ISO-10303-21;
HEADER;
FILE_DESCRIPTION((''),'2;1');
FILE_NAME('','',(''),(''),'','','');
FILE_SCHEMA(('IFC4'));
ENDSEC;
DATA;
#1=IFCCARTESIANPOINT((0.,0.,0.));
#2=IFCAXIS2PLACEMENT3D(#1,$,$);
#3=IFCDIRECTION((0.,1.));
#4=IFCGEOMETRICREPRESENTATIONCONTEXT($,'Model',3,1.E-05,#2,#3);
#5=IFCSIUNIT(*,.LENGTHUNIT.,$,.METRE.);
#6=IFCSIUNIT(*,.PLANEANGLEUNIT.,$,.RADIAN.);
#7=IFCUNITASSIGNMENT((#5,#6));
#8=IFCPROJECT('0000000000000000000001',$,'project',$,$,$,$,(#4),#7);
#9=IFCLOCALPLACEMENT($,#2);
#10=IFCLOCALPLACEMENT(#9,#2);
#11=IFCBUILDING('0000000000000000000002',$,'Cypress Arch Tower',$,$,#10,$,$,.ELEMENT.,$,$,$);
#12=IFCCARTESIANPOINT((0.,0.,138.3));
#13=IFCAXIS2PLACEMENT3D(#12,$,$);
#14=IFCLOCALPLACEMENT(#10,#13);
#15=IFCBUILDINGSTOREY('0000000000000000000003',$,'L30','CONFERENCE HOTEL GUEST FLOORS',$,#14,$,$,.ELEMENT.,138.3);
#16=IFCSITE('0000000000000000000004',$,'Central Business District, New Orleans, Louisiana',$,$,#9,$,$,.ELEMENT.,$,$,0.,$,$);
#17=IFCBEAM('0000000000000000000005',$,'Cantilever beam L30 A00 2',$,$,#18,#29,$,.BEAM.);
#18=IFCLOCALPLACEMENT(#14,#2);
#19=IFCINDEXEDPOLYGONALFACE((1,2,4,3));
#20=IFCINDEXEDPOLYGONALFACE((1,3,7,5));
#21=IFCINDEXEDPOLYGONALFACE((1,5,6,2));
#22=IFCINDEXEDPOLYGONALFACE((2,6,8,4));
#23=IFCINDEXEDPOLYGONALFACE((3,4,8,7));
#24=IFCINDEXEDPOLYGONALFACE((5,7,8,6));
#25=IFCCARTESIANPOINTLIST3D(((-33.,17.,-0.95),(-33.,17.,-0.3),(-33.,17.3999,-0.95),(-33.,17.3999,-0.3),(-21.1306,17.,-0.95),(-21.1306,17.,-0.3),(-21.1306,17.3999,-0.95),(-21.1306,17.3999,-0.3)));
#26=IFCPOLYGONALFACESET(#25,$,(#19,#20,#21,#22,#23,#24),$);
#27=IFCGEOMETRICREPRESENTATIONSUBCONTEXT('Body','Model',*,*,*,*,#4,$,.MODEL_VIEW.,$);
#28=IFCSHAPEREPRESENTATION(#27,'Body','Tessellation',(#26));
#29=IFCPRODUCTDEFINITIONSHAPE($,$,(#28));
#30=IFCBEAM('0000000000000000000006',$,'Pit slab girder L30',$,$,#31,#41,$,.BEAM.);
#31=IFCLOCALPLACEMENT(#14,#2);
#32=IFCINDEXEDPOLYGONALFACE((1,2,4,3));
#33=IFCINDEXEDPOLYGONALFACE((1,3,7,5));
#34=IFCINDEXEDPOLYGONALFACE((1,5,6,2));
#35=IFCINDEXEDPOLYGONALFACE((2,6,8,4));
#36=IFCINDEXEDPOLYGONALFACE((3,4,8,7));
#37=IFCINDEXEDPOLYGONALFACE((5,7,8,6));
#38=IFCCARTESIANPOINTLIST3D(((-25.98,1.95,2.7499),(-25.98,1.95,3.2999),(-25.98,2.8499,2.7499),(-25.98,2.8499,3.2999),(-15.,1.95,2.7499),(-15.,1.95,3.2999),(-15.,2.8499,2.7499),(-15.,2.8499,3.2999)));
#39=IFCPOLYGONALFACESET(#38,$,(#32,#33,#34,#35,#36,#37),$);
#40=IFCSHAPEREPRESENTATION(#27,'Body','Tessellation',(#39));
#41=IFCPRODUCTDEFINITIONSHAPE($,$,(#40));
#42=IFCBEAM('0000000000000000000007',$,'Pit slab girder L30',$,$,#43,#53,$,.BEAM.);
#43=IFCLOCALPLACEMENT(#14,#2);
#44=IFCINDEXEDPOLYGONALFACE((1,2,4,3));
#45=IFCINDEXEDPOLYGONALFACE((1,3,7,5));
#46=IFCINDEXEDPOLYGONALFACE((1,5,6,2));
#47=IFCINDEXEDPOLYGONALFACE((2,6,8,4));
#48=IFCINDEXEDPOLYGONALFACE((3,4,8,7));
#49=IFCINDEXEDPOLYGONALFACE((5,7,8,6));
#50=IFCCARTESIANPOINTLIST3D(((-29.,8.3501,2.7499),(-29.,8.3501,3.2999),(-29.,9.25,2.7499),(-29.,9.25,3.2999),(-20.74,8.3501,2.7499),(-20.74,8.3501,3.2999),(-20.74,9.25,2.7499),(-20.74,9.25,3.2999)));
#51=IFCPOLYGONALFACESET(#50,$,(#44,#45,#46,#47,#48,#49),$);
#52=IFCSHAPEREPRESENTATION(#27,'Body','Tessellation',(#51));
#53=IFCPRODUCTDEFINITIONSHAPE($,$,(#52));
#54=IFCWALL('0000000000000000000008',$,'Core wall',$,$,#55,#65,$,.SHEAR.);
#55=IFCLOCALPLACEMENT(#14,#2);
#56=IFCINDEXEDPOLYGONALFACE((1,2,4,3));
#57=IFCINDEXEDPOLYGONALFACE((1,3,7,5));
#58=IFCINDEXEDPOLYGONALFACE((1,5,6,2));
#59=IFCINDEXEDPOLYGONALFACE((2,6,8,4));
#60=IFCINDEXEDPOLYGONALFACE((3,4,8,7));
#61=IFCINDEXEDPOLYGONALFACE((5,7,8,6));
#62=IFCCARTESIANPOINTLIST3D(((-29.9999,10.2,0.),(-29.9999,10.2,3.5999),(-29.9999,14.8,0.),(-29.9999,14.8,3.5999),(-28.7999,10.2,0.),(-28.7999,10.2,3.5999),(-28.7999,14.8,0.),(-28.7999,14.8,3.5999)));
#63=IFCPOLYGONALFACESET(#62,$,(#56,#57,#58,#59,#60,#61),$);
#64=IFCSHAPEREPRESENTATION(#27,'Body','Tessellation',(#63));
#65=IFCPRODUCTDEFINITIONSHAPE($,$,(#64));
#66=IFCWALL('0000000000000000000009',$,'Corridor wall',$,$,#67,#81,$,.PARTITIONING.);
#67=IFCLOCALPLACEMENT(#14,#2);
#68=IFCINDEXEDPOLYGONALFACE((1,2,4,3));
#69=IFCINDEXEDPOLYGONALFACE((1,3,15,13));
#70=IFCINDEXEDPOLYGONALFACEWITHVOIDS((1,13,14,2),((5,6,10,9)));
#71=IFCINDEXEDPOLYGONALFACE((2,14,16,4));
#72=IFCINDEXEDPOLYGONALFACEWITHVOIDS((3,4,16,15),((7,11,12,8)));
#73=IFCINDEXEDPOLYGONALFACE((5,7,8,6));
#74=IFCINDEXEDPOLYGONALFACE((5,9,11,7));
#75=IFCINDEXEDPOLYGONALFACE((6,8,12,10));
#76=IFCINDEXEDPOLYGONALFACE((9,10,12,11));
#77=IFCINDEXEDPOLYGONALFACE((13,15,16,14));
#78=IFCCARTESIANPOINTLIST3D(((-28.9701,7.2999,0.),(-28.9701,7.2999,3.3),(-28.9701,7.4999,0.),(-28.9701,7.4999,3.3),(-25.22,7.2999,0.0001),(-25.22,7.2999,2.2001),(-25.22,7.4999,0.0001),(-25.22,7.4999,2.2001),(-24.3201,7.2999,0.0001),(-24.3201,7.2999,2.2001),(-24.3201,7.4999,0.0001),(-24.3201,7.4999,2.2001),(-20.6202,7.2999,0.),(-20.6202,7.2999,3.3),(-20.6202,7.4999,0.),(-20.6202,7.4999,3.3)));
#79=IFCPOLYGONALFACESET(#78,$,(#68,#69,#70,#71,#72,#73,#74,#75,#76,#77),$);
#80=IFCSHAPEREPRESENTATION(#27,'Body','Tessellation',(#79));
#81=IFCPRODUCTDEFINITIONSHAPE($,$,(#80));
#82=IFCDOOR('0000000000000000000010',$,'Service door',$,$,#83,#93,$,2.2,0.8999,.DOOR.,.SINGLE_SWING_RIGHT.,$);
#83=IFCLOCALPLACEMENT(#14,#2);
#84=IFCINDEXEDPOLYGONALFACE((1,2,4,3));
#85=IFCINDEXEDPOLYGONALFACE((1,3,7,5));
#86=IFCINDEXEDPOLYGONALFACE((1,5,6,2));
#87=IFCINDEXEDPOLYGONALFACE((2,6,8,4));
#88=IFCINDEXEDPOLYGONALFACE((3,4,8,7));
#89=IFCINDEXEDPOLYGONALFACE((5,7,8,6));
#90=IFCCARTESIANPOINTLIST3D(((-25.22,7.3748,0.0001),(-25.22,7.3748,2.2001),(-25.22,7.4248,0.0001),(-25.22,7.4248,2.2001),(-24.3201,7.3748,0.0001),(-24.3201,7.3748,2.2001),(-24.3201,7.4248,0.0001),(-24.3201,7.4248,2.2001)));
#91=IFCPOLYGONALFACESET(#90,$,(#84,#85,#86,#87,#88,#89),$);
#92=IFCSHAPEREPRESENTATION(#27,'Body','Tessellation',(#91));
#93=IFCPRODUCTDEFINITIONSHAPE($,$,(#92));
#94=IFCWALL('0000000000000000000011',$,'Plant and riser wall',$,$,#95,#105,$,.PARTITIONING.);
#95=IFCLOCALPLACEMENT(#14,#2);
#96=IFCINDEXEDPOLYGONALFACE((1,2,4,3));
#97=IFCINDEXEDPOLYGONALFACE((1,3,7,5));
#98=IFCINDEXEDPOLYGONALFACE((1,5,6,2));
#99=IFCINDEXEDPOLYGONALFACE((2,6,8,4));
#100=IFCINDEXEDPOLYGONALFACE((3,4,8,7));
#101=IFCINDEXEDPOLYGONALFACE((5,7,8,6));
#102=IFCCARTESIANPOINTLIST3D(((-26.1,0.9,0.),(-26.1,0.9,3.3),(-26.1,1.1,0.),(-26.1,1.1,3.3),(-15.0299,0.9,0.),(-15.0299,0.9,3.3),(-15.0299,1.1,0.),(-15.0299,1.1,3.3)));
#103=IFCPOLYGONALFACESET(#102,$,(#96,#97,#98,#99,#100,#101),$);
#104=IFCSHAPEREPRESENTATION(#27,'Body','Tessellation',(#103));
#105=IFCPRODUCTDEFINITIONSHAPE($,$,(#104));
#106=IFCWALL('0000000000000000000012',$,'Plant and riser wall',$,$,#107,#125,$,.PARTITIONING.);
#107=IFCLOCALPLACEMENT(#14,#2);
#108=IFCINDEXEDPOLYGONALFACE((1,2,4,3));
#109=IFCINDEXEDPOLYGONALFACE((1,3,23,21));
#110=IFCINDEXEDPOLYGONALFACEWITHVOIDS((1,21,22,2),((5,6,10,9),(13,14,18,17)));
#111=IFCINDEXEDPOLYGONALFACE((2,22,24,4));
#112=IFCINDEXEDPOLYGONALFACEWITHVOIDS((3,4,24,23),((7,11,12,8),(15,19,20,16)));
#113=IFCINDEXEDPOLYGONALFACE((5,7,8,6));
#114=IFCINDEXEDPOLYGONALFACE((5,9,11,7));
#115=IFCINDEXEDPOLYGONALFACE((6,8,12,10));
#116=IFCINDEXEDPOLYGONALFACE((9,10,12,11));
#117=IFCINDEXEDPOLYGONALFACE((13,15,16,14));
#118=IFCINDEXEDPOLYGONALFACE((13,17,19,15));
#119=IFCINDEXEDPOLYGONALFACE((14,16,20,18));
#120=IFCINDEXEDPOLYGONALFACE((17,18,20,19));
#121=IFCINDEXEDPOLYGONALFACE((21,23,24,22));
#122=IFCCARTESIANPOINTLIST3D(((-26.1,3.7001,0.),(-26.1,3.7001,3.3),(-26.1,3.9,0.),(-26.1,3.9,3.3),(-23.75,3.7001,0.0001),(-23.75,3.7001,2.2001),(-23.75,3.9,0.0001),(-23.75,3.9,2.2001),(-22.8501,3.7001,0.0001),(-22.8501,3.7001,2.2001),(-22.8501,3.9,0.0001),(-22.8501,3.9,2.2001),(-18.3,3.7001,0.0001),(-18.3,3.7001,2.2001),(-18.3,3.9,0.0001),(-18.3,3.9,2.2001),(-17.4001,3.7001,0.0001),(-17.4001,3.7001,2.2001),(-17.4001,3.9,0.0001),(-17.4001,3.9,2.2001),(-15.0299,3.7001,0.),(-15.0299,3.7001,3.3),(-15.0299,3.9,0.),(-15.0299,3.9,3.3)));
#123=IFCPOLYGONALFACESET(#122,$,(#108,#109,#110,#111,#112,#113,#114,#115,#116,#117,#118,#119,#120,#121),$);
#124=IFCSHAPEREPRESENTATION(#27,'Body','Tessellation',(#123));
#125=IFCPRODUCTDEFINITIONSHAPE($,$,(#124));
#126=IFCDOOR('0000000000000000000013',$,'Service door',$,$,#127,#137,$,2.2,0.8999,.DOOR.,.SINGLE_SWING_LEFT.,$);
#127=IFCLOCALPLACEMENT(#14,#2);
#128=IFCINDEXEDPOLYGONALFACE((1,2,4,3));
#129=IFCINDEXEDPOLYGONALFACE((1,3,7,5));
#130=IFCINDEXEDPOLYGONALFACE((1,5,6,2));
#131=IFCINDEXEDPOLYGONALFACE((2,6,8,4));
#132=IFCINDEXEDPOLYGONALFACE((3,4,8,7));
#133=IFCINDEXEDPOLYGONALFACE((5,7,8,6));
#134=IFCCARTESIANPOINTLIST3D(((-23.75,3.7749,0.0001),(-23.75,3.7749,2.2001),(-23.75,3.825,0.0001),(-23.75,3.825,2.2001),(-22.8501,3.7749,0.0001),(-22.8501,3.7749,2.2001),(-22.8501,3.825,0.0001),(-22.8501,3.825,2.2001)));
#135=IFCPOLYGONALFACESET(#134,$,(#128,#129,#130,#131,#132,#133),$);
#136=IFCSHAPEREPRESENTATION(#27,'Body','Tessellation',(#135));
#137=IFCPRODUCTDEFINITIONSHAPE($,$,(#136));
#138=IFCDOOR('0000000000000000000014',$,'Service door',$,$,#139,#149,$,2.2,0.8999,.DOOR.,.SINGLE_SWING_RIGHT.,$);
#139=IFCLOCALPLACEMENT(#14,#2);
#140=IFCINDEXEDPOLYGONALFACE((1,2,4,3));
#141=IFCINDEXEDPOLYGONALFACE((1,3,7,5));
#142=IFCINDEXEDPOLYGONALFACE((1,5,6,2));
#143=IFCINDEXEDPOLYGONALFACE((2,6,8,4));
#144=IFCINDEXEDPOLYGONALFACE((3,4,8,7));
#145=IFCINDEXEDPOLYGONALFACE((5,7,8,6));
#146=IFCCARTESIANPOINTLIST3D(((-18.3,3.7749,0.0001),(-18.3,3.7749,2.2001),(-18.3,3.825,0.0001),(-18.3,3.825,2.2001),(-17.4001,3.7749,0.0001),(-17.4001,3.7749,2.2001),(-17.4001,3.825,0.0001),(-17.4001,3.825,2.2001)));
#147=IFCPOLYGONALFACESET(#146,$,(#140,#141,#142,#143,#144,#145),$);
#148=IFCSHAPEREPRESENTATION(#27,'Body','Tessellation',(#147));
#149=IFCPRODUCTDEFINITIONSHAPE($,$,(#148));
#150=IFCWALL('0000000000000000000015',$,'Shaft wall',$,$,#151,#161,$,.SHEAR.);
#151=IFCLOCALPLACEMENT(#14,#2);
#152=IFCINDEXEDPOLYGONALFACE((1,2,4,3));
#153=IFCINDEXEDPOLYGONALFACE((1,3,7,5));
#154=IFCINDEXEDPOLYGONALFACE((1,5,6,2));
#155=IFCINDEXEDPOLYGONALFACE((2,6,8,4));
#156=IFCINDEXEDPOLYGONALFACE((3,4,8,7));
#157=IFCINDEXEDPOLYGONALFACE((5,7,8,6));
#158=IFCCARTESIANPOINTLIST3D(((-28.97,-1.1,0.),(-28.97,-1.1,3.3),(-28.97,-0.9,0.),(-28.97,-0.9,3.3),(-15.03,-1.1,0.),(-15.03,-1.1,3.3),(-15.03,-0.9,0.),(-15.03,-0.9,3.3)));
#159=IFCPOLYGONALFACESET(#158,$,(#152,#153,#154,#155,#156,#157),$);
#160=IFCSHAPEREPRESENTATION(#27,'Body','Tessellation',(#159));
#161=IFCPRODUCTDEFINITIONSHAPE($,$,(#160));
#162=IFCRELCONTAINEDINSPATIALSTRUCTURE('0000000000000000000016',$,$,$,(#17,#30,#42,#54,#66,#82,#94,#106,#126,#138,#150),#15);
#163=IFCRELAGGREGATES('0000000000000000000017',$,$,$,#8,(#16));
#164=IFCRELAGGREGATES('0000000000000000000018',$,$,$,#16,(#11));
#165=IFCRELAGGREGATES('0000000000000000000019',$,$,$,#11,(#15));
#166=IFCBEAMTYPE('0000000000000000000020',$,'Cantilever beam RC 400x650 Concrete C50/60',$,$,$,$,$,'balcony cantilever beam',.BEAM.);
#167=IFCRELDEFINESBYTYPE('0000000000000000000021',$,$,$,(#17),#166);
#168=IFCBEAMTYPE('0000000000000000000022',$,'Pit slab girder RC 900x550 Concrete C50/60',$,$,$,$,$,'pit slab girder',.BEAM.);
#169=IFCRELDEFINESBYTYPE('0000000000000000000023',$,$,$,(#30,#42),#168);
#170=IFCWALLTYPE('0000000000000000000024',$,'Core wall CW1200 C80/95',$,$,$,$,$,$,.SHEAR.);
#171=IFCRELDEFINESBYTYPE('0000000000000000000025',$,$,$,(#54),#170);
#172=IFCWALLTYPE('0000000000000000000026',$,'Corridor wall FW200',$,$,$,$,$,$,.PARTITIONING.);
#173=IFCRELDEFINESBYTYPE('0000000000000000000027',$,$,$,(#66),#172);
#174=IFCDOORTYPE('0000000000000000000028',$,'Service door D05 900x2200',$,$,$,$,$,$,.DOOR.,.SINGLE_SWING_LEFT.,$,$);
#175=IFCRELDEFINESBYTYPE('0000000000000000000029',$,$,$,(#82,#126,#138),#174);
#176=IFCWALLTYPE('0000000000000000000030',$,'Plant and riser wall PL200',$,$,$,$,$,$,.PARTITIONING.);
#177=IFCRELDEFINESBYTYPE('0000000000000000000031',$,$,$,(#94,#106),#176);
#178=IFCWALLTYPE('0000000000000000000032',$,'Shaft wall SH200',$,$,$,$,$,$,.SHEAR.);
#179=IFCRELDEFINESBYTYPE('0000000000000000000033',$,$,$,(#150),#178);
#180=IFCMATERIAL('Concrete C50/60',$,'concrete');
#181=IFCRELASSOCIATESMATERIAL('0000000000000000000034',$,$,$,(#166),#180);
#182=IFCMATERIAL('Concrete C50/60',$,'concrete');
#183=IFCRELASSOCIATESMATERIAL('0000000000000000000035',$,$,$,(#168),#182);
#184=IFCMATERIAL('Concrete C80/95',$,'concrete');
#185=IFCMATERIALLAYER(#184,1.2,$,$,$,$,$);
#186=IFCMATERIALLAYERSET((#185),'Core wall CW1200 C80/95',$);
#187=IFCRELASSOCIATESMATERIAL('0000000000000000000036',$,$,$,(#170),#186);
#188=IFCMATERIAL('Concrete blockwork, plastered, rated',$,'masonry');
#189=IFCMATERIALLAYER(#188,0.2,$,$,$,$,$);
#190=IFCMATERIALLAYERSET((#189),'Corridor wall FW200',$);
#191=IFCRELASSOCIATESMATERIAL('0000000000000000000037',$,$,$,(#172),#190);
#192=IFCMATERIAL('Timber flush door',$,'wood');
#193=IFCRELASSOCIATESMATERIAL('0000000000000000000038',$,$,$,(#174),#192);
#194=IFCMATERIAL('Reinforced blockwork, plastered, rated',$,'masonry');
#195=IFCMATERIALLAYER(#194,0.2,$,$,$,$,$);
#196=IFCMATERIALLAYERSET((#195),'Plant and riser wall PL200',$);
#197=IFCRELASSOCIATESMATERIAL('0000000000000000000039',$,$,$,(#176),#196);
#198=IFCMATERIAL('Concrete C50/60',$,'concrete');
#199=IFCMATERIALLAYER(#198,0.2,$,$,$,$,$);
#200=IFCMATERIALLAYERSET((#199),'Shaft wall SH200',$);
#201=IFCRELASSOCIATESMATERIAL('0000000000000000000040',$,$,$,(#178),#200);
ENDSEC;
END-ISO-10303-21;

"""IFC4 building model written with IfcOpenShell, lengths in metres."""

from ifc_helpers import new_model, si_unit, direction, frame, frame_2d, origin, origin_2d, place, context, subcontext, project, spatial, rectangle, extrude, material, layer, layer_set, material_profile, profile_set, type_object, element, fill, save


model = new_model("IFC4")

# Units and contexts
model_context = context("Model", 3, precision=1e-05, world=origin(), true_north=direction((0.0, 1.0)))
body_context = subcontext(model_context, "Body", "Model", "MODEL_VIEW")
ifc_project = project(units=[si_unit("LENGTHUNIT", "METRE"), si_unit("PLANEANGLEUNIT", "RADIAN")], contexts=[model_context])

# Site, building, storey
site_placement = place(None, origin())
site = spatial("IfcSite", under=ifc_project, at=site_placement, Name="Central Business District, New Orleans, Louisiana", CompositionType="ELEMENT", RefElevation=0.0)
building_placement = place(site_placement, origin())
building = spatial("IfcBuilding", under=site, at=building_placement, Name="Cypress Arch Tower", CompositionType="ELEMENT")
storey_placement = place(building_placement, frame((0.0, 0.0, 138.3)))
storey = spatial("IfcBuildingStorey", under=building, at=storey_placement, Name="L30", Description="CONFERENCE HOTEL GUEST FLOORS", CompositionType="ELEMENT", Elevation=138.3)

# Beams
ifc_material_1 = material(Name="Concrete C50/60", Category="concrete")
ifc_material_profile_1 = material_profile(ifc_material_1, rectangle(XDim=0.3999, YDim=0.6499, at=origin_2d()), Name="RC 400x650")
ifc_profile_set_1 = profile_set([ifc_material_profile_1], Name="Concrete C50/60")
beam_type_1 = type_object("IfcBeamType", Name="Cantilever beam RC 400x650 Concrete C50/60", ElementType="balcony cantilever beam", PredefinedType="BEAM", material=ifc_profile_set_1)
beam_1_placement = place(storey_placement, frame((-21.1306, 17.2, -0.625), z_axis=(-1.0, 0.0, 0.0), x_axis=(0.0, -1.0, 0.0)))
element("IfcBeam", 1, at=beam_1_placement, inside=storey, type_object=beam_type_1, Name="Cantilever beam L30 A00 2", PredefinedType="BEAM", context=body_context, shape_type="SweptSolid", body=[
    extrude(rectangle(XDim=0.3999, YDim=0.6499, at=origin_2d()), origin(), (0.0, 0.0, 1.0), 11.8694),
])
ifc_material_2 = material(Name="Concrete C50/60", Category="concrete")
ifc_material_profile_2 = material_profile(ifc_material_2, rectangle(XDim=0.8999, YDim=0.55, at=origin_2d()), Name="RC 900x550")
ifc_profile_set_2 = profile_set([ifc_material_profile_2], Name="Concrete C50/60")
beam_type_2 = type_object("IfcBeamType", Name="Pit slab girder RC 900x550 Concrete C50/60", ElementType="pit slab girder", PredefinedType="BEAM", material=ifc_profile_set_2)
beam_2_placement = place(storey_placement, frame((-25.98, 2.3999, 3.0249), z_axis=(1.0, 0.0, 0.0), x_axis=(0.0, 1.0, 0.0)))
element("IfcBeam", 2, at=beam_2_placement, inside=storey, type_object=beam_type_2, Name="Pit slab girder L30", PredefinedType="BEAM", context=body_context, shape_type="SweptSolid", body=[
    extrude(rectangle(XDim=0.8999, YDim=0.55, at=origin_2d()), origin(), (0.0, 0.0, 1.0), 10.98),
])
beam_3_placement = place(storey_placement, frame((-29.0, 8.8, 3.0249), z_axis=(1.0, 0.0, 0.0), x_axis=(0.0, 1.0, 0.0)))
element("IfcBeam", 3, at=beam_3_placement, inside=storey, type_object=beam_type_2, Name="Pit slab girder L30", PredefinedType="BEAM", context=body_context, shape_type="SweptSolid", body=[
    extrude(rectangle(XDim=0.8999, YDim=0.55, at=origin_2d()), origin(), (0.0, 0.0, 1.0), 8.26),
])

# Shared definitions
ifc_material_3 = material(Name="Concrete C80/95", Category="concrete")
ifc_layer_1 = layer(ifc_material_3, 1.2)
ifc_layer_set_1 = layer_set([ifc_layer_1], Name="Core wall CW1200 C80/95")
wall_type_1 = type_object("IfcWallType", Name="Core wall CW1200 C80/95", PredefinedType="SHEAR", material=ifc_layer_set_1)

# Wall
wall_1_placement = place(storey_placement, frame((-29.3999, 10.2, 0.0), z_axis=(0.0, 0.0, 1.0), x_axis=(0.0, 1.0, 0.0)))
element("IfcWall", 4, at=wall_1_placement, inside=storey, type_object=wall_type_1, Name="Core wall", PredefinedType="SHEAR", context=body_context, shape_type="SweptSolid", body=[
    extrude(rectangle(XDim=4.6001, YDim=1.2, at=frame_2d((2.3, 0.0))), origin(), (0.0, 0.0, 1.0), 3.5999),
])

# Wall, opening, door
ifc_material_4 = material(Name="Concrete blockwork, plastered, rated", Category="masonry")
ifc_layer_2 = layer(ifc_material_4, 0.2)
ifc_layer_set_2 = layer_set([ifc_layer_2], Name="Corridor wall FW200")
wall_type_2 = type_object("IfcWallType", Name="Corridor wall FW200", PredefinedType="PARTITIONING", material=ifc_layer_set_2)
wall_2_placement = place(storey_placement, frame((-28.97, 7.3999, 0.0), z_axis=(0.0, 0.0, 1.0), x_axis=(1.0, 0.0, 0.0)))
wall_2 = element("IfcWall", 5, at=wall_2_placement, inside=storey, type_object=wall_type_2, Name="Corridor wall", PredefinedType="PARTITIONING", context=body_context, shape_type="SweptSolid", body=[
    extrude(rectangle(XDim=8.3499, YDim=0.2, at=frame_2d((4.1748, 0.0))), origin(), (0.0, 0.0, 1.0), 3.3),
])
opening_1_placement = place(wall_2_placement, frame((3.75, 0.0, 0.0)))
opening_1 = element("IfcOpeningElement", 6, at=opening_1_placement, cuts=wall_2, PredefinedType="OPENING", context=body_context, shape_type="SweptSolid", body=[
    extrude(rectangle(XDim=0.8999, YDim=2.2, at=frame_2d((0.45, 1.1001))), frame((0.0, 0.1099, 0.0), z_axis=(0.0, -1.0, 0.0), x_axis=(1.0, 0.0, 0.0)), (0.0, 0.0, 1.0), 0.22),
])
ifc_material_5 = material(Name="Timber flush door", Category="wood")
door_type_1 = type_object("IfcDoorType", Name="Service door D05 900x2200", OperationType="SINGLE_SWING_LEFT", PredefinedType="DOOR", material=ifc_material_5)
door_1_placement = place(opening_1_placement, origin())
door_1 = element("IfcDoor", 7, at=door_1_placement, inside=storey, type_object=door_type_1, Name="Service door", OperationType="SINGLE_SWING_RIGHT", OverallHeight=2.2, OverallWidth=0.8999, PredefinedType="DOOR", context=body_context, shape_type="SweptSolid", body=[
    extrude(rectangle(XDim=0.8999, YDim=2.2, at=frame_2d((0.45, 1.1001))), frame((0.0, 0.0249, 0.0), z_axis=(0.0, -1.0, 0.0), x_axis=(1.0, 0.0, 0.0)), (0.0, 0.0, 1.0), 0.05),
])
fill(opening_1, door_1)

# Wall
ifc_material_6 = material(Name="Reinforced blockwork, plastered, rated", Category="masonry")
ifc_layer_3 = layer(ifc_material_6, 0.2)
ifc_layer_set_3 = layer_set([ifc_layer_3], Name="Plant and riser wall PL200")
wall_type_3 = type_object("IfcWallType", Name="Plant and riser wall PL200", PredefinedType="PARTITIONING", material=ifc_layer_set_3)
wall_3_placement = place(storey_placement, frame((-26.1001, 1.0, 0.0), z_axis=(0.0, 0.0, 1.0), x_axis=(1.0, 0.0, 0.0)))
element("IfcWall", 8, at=wall_3_placement, inside=storey, type_object=wall_type_3, Name="Plant and riser wall", PredefinedType="PARTITIONING", context=body_context, shape_type="SweptSolid", body=[
    extrude(rectangle(XDim=11.0701, YDim=0.2, at=frame_2d((5.5352, 0.0))), origin(), (0.0, 0.0, 1.0), 3.3),
])

# Wall, openings, doors
wall_4_placement = place(storey_placement, frame((-26.1001, 3.8, 0.0), z_axis=(0.0, 0.0, 1.0), x_axis=(1.0, 0.0, 0.0)))
wall_4 = element("IfcWall", 9, at=wall_4_placement, inside=storey, type_object=wall_type_3, Name="Plant and riser wall", PredefinedType="PARTITIONING", context=body_context, shape_type="SweptSolid", body=[
    extrude(rectangle(XDim=11.0701, YDim=0.2, at=frame_2d((5.5352, 0.0))), origin(), (0.0, 0.0, 1.0), 3.3),
])
opening_2_placement = place(wall_4_placement, frame((2.3501, 0.0, 0.0)))
opening_2 = element("IfcOpeningElement", 10, at=opening_2_placement, cuts=wall_4, PredefinedType="OPENING", context=body_context, shape_type="SweptSolid", body=[
    extrude(rectangle(XDim=0.8999, YDim=2.2, at=frame_2d((0.45, 1.1001))), frame((0.0, 0.1099, 0.0), z_axis=(0.0, -1.0, 0.0), x_axis=(1.0, 0.0, 0.0)), (0.0, 0.0, 1.0), 0.22),
])
opening_3_placement = place(wall_4_placement, frame((7.8, 0.0, 0.0)))
opening_3 = element("IfcOpeningElement", 11, at=opening_3_placement, cuts=wall_4, PredefinedType="OPENING", context=body_context, shape_type="SweptSolid", body=[
    extrude(rectangle(XDim=0.8999, YDim=2.2, at=frame_2d((0.45, 1.1001))), frame((0.0, 0.1099, 0.0), z_axis=(0.0, -1.0, 0.0), x_axis=(1.0, 0.0, 0.0)), (0.0, 0.0, 1.0), 0.22),
])
door_2_placement = place(opening_2_placement, origin())
door_2 = element("IfcDoor", 12, at=door_2_placement, inside=storey, type_object=door_type_1, Name="Service door", OperationType="SINGLE_SWING_LEFT", OverallHeight=2.2, OverallWidth=0.8999, PredefinedType="DOOR", context=body_context, shape_type="SweptSolid", body=[
    extrude(rectangle(XDim=0.8999, YDim=2.2, at=frame_2d((0.45, 1.1001))), frame((0.0, 0.0249, 0.0), z_axis=(0.0, -1.0, 0.0), x_axis=(1.0, 0.0, 0.0)), (0.0, 0.0, 1.0), 0.05),
])
fill(opening_2, door_2)
door_3_placement = place(opening_3_placement, origin())
door_3 = element("IfcDoor", 13, at=door_3_placement, inside=storey, type_object=door_type_1, Name="Service door", OperationType="SINGLE_SWING_RIGHT", OverallHeight=2.2, OverallWidth=0.8999, PredefinedType="DOOR", context=body_context, shape_type="SweptSolid", body=[
    extrude(rectangle(XDim=0.8999, YDim=2.2, at=frame_2d((0.45, 1.1001))), frame((0.0, 0.0249, 0.0), z_axis=(0.0, -1.0, 0.0), x_axis=(1.0, 0.0, 0.0)), (0.0, 0.0, 1.0), 0.05),
])
fill(opening_3, door_3)

# Wall
ifc_material_7 = material(Name="Concrete C50/60", Category="concrete")
ifc_layer_4 = layer(ifc_material_7, 0.2)
ifc_layer_set_4 = layer_set([ifc_layer_4], Name="Shaft wall SH200")
wall_type_4 = type_object("IfcWallType", Name="Shaft wall SH200", PredefinedType="SHEAR", material=ifc_layer_set_4)
wall_5_placement = place(storey_placement, frame((-28.97, -1.0, 0.0), z_axis=(0.0, 0.0, 1.0), x_axis=(1.0, 0.0, 0.0)))
element("IfcWall", 14, at=wall_5_placement, inside=storey, type_object=wall_type_4, Name="Shaft wall", PredefinedType="SHEAR", context=body_context, shape_type="SweptSolid", body=[
    extrude(rectangle(XDim=13.9399, YDim=0.2, at=frame_2d((6.97, 0.0))), origin(), (0.0, 0.0, 1.0), 3.3),
])

save(model, "model.ifc")
